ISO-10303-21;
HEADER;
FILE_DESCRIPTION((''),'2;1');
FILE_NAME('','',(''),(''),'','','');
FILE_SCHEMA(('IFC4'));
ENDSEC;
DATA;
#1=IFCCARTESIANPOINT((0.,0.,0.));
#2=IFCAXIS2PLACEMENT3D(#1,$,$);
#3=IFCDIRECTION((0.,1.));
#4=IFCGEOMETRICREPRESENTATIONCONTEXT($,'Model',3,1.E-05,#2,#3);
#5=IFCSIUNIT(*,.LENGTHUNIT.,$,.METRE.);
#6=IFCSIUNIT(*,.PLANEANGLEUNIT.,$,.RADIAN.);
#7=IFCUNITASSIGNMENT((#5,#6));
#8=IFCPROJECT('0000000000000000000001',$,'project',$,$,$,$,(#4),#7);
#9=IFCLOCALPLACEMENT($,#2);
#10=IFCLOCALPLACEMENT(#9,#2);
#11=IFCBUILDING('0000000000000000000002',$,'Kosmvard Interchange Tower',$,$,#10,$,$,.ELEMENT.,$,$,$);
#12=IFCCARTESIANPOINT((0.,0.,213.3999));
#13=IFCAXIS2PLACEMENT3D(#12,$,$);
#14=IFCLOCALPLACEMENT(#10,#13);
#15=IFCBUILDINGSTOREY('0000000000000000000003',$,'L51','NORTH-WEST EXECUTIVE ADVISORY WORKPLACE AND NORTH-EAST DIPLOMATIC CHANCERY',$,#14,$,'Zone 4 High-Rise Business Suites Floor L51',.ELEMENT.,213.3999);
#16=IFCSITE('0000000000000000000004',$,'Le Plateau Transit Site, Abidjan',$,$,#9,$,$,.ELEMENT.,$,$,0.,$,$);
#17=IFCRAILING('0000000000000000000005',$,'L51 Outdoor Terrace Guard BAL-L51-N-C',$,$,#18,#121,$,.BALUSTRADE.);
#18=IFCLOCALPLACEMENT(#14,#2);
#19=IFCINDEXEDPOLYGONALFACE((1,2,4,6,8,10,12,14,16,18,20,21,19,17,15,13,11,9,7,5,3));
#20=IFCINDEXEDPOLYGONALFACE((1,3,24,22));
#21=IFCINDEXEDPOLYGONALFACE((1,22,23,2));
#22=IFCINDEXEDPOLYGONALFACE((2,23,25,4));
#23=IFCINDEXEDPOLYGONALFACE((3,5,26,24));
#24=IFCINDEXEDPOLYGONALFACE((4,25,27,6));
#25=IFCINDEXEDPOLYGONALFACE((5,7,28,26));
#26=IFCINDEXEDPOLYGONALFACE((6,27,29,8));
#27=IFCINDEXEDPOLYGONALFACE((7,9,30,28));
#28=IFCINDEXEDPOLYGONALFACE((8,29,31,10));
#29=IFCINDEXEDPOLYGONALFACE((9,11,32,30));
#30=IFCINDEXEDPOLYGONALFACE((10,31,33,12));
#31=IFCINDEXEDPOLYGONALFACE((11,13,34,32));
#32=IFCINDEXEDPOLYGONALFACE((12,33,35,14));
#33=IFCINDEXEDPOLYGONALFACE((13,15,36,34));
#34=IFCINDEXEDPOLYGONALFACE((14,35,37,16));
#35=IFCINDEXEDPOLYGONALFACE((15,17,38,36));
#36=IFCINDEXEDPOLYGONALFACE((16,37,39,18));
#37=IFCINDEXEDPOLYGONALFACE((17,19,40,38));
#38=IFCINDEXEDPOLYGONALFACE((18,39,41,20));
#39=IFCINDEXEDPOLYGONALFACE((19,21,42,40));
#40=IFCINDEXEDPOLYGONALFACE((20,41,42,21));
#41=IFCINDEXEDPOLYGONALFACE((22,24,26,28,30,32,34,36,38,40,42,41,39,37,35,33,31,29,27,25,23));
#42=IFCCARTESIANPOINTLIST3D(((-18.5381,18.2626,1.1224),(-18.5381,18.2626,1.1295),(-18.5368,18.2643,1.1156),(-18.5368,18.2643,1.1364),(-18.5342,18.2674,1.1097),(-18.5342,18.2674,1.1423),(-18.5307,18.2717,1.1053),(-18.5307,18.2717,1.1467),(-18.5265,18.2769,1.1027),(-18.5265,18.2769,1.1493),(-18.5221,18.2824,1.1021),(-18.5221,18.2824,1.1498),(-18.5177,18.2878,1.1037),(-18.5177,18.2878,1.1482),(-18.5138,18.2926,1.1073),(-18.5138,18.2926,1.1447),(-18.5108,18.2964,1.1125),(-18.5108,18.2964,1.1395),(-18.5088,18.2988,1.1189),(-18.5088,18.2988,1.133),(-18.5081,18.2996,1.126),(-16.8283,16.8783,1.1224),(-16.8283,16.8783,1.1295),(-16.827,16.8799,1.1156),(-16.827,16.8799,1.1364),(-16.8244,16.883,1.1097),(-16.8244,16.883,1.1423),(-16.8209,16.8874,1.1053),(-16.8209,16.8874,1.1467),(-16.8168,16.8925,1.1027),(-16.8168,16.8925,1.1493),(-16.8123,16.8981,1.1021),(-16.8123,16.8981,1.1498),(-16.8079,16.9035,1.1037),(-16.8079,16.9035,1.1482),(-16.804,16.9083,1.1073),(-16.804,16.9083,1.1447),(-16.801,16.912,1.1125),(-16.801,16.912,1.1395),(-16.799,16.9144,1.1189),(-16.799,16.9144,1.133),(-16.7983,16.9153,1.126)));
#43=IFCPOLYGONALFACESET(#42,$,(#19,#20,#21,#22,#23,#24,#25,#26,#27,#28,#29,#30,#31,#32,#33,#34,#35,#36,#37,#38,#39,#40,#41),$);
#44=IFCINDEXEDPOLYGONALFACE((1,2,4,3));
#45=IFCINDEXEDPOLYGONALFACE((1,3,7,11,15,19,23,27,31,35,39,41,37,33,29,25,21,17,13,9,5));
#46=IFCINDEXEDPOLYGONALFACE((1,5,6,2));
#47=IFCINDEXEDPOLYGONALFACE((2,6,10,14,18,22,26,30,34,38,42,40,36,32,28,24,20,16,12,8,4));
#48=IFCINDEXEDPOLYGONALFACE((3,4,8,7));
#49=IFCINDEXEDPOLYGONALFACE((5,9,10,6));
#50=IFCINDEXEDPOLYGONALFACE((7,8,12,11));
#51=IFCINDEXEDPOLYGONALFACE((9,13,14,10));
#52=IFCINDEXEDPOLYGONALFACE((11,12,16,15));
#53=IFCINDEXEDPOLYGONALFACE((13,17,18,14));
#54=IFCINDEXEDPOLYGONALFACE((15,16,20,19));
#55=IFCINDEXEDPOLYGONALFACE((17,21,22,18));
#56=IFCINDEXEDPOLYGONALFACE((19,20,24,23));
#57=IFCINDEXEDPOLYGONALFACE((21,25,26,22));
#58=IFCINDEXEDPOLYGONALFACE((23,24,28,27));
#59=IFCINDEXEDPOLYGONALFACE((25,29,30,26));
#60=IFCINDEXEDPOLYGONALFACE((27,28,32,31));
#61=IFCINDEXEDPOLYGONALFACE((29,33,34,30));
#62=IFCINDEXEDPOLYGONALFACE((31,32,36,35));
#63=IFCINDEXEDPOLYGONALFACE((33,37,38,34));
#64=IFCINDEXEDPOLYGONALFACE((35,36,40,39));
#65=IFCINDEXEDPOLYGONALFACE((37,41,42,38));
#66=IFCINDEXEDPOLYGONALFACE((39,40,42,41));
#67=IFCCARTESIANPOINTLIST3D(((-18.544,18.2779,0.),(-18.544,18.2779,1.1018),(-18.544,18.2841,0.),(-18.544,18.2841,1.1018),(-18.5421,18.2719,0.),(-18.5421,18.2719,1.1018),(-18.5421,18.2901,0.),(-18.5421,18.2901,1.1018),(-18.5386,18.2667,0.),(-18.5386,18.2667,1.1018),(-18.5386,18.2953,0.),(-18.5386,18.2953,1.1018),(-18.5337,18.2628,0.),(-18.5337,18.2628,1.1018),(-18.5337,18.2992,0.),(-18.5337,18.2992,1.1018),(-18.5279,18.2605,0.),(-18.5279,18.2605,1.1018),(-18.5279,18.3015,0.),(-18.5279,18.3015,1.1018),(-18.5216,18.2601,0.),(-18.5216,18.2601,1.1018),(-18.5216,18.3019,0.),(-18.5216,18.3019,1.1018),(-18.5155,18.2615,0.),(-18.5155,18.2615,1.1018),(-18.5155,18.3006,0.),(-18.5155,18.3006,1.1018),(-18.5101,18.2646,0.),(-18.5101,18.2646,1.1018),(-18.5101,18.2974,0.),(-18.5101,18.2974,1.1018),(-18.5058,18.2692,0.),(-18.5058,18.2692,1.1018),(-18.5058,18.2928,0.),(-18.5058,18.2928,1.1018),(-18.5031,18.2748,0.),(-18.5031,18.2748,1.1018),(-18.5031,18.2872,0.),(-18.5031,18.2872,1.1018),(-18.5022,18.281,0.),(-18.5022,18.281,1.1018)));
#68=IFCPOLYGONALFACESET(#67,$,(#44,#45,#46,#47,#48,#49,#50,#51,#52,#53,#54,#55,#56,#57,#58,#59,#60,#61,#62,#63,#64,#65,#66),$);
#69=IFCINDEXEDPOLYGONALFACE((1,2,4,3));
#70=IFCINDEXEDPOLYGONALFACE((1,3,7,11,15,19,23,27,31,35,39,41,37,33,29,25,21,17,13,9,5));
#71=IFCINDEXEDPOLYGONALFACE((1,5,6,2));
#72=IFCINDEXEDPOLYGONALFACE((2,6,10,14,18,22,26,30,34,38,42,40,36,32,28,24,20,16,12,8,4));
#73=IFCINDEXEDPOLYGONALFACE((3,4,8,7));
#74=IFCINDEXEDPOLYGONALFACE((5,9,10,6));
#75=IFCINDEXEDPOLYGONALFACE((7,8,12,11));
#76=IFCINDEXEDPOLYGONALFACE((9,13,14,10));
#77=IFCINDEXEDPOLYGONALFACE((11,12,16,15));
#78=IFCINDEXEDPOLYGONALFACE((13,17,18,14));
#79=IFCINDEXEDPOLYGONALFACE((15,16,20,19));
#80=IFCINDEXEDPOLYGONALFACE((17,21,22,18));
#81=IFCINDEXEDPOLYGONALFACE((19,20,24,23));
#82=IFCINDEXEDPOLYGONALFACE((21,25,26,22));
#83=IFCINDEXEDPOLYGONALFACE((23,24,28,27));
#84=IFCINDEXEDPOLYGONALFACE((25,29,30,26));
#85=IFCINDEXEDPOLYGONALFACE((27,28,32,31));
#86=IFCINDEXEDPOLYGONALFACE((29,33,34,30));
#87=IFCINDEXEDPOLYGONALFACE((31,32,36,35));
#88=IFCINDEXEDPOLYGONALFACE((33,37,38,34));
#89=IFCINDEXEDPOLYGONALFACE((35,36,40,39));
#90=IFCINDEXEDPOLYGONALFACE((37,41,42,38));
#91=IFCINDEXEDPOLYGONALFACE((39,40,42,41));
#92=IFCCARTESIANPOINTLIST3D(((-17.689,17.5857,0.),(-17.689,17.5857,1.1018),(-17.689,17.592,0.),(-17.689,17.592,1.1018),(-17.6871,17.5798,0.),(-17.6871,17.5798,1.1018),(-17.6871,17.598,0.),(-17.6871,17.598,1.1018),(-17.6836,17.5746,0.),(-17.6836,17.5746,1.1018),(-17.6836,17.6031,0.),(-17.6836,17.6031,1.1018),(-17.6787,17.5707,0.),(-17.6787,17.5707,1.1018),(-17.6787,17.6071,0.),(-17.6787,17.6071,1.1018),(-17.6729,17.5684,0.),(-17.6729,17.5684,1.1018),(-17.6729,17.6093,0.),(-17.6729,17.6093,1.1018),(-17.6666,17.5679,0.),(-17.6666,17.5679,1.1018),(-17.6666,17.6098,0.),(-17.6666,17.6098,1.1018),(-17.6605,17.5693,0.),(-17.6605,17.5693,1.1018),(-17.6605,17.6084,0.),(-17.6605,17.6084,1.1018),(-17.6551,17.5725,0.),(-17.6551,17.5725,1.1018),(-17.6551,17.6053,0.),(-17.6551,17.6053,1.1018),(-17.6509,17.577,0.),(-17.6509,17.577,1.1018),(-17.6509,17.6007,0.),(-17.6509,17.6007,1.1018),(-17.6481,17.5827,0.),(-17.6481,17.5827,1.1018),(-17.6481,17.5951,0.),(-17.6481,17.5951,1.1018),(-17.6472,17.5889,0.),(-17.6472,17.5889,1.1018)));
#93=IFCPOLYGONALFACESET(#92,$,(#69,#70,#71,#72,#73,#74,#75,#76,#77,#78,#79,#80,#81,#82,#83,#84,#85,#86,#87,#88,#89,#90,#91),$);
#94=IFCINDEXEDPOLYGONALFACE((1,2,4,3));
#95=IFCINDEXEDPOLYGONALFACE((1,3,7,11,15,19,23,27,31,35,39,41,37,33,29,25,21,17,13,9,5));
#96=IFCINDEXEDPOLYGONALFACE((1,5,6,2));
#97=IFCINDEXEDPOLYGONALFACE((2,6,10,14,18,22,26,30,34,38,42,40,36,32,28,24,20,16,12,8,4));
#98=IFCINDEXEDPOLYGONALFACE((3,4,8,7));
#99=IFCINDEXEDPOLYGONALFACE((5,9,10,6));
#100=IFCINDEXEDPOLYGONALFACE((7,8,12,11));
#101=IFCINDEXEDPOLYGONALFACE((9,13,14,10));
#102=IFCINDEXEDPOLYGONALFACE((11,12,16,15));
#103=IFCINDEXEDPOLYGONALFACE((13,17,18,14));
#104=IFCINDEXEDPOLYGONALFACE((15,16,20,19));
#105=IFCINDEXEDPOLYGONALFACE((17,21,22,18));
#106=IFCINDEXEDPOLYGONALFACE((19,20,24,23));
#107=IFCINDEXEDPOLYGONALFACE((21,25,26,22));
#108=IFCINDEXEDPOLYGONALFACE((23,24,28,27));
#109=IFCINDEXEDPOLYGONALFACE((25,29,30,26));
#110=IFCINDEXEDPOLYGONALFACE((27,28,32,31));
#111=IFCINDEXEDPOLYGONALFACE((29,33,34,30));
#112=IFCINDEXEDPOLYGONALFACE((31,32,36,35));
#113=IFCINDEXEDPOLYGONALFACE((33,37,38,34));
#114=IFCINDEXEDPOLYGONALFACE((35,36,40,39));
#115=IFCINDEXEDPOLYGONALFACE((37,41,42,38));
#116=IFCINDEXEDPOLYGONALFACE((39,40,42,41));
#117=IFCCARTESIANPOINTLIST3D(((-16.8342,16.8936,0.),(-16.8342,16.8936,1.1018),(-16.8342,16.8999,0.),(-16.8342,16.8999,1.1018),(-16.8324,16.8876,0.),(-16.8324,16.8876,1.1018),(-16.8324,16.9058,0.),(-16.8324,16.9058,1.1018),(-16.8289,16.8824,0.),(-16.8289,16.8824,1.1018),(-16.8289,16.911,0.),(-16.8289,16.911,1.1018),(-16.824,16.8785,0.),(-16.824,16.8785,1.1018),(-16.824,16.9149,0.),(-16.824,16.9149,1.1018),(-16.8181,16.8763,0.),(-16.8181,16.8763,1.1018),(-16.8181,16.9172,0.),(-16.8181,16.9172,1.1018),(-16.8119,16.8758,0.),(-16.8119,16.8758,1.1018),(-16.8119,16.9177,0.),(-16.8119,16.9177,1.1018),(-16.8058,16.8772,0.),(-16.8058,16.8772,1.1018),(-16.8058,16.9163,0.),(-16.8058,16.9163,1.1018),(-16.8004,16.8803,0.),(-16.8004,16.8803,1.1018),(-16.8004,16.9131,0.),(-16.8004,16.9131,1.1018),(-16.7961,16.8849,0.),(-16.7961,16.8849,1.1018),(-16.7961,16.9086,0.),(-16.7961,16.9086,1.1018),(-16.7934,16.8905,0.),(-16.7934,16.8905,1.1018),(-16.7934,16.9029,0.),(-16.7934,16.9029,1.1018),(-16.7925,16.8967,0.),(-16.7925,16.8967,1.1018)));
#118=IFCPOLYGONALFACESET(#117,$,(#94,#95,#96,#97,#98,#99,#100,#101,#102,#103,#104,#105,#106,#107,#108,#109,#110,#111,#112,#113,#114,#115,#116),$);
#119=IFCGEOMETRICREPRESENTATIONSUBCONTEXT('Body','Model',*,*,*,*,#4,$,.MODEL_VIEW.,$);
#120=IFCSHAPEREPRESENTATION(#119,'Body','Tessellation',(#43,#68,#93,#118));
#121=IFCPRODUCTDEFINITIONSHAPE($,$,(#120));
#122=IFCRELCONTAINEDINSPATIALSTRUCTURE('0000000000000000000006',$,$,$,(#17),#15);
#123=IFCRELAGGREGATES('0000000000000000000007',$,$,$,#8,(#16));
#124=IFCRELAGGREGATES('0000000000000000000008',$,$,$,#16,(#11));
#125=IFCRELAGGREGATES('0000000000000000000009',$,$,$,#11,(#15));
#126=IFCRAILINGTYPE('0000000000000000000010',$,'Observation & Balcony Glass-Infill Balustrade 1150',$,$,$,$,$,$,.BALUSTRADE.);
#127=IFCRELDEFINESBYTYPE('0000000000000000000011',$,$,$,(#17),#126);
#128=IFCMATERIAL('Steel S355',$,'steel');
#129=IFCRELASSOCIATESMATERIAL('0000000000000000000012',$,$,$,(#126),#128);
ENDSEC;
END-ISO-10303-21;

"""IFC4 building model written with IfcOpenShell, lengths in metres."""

from ifc_helpers import new_model, si_unit, direction, frame, origin, origin_2d, place, context, subcontext, project, spatial, circle, extrude, source, transform, mapped, material, type_object, element, save


model = new_model("IFC4")

# Units and contexts
model_context = context("Model", 3, precision=1e-05, world=origin(), true_north=direction((0.0, 1.0)))
body_context = subcontext(model_context, "Body", "Model", "MODEL_VIEW")
ifc_project = project(units=[si_unit("LENGTHUNIT", "METRE"), si_unit("PLANEANGLEUNIT", "RADIAN")], contexts=[model_context])

# Site, building, storey
site_placement = place(None, origin())
site = spatial("IfcSite", under=ifc_project, at=site_placement, Name="Le Plateau Transit Site, Abidjan", CompositionType="ELEMENT", RefElevation=0.0)
building_placement = place(site_placement, origin())
building = spatial("IfcBuilding", under=site, at=building_placement, Name="Kosmvard Interchange Tower", CompositionType="ELEMENT")
storey_placement = place(building_placement, frame((0.0, 0.0, 213.3999)))
storey = spatial("IfcBuildingStorey", under=building, at=storey_placement, Name="L51", Description="NORTH-WEST EXECUTIVE ADVISORY WORKPLACE AND NORTH-EAST DIPLOMATIC CHANCERY", LongName="Zone 4 High-Rise Business Suites Floor L51", CompositionType="ELEMENT", Elevation=213.3999)

# Shared definitions
ifc_material_1 = material(Name="Steel S355", Category="steel")

# Railing
railing_type = type_object("IfcRailingType", Name="Observation & Balcony Glass-Infill Balustrade 1150", PredefinedType="BALUSTRADE", material=ifc_material_1)
shared_shape_1 = source(origin(), body_context, "Body", "SweptSolid", [
    extrude(circle(Radius=0.0239, at=origin_2d()), frame((0.0, 0.0, 1.126), z_axis=(0.777196, -0.629259, 0.0), x_axis=(0.629259, 0.777196, 0.0)), (0.0, 0.0, 1.0), 2.2),
    extrude(circle(Radius=0.021, at=origin_2d()), origin(), (0.0, 0.0, 1.0), 1.1018),
    extrude(circle(Radius=0.021, at=origin_2d()), frame((0.855, -0.6921, 0.0)), (0.0, 0.0, 1.0), 1.1018),
    extrude(circle(Radius=0.021, at=origin_2d()), frame((1.7097, -1.3843, 0.0)), (0.0, 0.0, 1.0), 1.1018),
])
railing_1_placement = place(storey_placement, frame((-18.5232, 18.281, 0.0)))
element("IfcRailing", 1, at=railing_1_placement, inside=storey, type_object=railing_type, Name="L51 Outdoor Terrace Guard BAL-L51-N-C", PredefinedType="BALUSTRADE", context=body_context, shape_type="MappedRepresentation", body=[
    mapped(shared_shape_1, transform((0.0, 0.0, 0.0), scale=1.0)),
])

save(model, "model.ifc")
